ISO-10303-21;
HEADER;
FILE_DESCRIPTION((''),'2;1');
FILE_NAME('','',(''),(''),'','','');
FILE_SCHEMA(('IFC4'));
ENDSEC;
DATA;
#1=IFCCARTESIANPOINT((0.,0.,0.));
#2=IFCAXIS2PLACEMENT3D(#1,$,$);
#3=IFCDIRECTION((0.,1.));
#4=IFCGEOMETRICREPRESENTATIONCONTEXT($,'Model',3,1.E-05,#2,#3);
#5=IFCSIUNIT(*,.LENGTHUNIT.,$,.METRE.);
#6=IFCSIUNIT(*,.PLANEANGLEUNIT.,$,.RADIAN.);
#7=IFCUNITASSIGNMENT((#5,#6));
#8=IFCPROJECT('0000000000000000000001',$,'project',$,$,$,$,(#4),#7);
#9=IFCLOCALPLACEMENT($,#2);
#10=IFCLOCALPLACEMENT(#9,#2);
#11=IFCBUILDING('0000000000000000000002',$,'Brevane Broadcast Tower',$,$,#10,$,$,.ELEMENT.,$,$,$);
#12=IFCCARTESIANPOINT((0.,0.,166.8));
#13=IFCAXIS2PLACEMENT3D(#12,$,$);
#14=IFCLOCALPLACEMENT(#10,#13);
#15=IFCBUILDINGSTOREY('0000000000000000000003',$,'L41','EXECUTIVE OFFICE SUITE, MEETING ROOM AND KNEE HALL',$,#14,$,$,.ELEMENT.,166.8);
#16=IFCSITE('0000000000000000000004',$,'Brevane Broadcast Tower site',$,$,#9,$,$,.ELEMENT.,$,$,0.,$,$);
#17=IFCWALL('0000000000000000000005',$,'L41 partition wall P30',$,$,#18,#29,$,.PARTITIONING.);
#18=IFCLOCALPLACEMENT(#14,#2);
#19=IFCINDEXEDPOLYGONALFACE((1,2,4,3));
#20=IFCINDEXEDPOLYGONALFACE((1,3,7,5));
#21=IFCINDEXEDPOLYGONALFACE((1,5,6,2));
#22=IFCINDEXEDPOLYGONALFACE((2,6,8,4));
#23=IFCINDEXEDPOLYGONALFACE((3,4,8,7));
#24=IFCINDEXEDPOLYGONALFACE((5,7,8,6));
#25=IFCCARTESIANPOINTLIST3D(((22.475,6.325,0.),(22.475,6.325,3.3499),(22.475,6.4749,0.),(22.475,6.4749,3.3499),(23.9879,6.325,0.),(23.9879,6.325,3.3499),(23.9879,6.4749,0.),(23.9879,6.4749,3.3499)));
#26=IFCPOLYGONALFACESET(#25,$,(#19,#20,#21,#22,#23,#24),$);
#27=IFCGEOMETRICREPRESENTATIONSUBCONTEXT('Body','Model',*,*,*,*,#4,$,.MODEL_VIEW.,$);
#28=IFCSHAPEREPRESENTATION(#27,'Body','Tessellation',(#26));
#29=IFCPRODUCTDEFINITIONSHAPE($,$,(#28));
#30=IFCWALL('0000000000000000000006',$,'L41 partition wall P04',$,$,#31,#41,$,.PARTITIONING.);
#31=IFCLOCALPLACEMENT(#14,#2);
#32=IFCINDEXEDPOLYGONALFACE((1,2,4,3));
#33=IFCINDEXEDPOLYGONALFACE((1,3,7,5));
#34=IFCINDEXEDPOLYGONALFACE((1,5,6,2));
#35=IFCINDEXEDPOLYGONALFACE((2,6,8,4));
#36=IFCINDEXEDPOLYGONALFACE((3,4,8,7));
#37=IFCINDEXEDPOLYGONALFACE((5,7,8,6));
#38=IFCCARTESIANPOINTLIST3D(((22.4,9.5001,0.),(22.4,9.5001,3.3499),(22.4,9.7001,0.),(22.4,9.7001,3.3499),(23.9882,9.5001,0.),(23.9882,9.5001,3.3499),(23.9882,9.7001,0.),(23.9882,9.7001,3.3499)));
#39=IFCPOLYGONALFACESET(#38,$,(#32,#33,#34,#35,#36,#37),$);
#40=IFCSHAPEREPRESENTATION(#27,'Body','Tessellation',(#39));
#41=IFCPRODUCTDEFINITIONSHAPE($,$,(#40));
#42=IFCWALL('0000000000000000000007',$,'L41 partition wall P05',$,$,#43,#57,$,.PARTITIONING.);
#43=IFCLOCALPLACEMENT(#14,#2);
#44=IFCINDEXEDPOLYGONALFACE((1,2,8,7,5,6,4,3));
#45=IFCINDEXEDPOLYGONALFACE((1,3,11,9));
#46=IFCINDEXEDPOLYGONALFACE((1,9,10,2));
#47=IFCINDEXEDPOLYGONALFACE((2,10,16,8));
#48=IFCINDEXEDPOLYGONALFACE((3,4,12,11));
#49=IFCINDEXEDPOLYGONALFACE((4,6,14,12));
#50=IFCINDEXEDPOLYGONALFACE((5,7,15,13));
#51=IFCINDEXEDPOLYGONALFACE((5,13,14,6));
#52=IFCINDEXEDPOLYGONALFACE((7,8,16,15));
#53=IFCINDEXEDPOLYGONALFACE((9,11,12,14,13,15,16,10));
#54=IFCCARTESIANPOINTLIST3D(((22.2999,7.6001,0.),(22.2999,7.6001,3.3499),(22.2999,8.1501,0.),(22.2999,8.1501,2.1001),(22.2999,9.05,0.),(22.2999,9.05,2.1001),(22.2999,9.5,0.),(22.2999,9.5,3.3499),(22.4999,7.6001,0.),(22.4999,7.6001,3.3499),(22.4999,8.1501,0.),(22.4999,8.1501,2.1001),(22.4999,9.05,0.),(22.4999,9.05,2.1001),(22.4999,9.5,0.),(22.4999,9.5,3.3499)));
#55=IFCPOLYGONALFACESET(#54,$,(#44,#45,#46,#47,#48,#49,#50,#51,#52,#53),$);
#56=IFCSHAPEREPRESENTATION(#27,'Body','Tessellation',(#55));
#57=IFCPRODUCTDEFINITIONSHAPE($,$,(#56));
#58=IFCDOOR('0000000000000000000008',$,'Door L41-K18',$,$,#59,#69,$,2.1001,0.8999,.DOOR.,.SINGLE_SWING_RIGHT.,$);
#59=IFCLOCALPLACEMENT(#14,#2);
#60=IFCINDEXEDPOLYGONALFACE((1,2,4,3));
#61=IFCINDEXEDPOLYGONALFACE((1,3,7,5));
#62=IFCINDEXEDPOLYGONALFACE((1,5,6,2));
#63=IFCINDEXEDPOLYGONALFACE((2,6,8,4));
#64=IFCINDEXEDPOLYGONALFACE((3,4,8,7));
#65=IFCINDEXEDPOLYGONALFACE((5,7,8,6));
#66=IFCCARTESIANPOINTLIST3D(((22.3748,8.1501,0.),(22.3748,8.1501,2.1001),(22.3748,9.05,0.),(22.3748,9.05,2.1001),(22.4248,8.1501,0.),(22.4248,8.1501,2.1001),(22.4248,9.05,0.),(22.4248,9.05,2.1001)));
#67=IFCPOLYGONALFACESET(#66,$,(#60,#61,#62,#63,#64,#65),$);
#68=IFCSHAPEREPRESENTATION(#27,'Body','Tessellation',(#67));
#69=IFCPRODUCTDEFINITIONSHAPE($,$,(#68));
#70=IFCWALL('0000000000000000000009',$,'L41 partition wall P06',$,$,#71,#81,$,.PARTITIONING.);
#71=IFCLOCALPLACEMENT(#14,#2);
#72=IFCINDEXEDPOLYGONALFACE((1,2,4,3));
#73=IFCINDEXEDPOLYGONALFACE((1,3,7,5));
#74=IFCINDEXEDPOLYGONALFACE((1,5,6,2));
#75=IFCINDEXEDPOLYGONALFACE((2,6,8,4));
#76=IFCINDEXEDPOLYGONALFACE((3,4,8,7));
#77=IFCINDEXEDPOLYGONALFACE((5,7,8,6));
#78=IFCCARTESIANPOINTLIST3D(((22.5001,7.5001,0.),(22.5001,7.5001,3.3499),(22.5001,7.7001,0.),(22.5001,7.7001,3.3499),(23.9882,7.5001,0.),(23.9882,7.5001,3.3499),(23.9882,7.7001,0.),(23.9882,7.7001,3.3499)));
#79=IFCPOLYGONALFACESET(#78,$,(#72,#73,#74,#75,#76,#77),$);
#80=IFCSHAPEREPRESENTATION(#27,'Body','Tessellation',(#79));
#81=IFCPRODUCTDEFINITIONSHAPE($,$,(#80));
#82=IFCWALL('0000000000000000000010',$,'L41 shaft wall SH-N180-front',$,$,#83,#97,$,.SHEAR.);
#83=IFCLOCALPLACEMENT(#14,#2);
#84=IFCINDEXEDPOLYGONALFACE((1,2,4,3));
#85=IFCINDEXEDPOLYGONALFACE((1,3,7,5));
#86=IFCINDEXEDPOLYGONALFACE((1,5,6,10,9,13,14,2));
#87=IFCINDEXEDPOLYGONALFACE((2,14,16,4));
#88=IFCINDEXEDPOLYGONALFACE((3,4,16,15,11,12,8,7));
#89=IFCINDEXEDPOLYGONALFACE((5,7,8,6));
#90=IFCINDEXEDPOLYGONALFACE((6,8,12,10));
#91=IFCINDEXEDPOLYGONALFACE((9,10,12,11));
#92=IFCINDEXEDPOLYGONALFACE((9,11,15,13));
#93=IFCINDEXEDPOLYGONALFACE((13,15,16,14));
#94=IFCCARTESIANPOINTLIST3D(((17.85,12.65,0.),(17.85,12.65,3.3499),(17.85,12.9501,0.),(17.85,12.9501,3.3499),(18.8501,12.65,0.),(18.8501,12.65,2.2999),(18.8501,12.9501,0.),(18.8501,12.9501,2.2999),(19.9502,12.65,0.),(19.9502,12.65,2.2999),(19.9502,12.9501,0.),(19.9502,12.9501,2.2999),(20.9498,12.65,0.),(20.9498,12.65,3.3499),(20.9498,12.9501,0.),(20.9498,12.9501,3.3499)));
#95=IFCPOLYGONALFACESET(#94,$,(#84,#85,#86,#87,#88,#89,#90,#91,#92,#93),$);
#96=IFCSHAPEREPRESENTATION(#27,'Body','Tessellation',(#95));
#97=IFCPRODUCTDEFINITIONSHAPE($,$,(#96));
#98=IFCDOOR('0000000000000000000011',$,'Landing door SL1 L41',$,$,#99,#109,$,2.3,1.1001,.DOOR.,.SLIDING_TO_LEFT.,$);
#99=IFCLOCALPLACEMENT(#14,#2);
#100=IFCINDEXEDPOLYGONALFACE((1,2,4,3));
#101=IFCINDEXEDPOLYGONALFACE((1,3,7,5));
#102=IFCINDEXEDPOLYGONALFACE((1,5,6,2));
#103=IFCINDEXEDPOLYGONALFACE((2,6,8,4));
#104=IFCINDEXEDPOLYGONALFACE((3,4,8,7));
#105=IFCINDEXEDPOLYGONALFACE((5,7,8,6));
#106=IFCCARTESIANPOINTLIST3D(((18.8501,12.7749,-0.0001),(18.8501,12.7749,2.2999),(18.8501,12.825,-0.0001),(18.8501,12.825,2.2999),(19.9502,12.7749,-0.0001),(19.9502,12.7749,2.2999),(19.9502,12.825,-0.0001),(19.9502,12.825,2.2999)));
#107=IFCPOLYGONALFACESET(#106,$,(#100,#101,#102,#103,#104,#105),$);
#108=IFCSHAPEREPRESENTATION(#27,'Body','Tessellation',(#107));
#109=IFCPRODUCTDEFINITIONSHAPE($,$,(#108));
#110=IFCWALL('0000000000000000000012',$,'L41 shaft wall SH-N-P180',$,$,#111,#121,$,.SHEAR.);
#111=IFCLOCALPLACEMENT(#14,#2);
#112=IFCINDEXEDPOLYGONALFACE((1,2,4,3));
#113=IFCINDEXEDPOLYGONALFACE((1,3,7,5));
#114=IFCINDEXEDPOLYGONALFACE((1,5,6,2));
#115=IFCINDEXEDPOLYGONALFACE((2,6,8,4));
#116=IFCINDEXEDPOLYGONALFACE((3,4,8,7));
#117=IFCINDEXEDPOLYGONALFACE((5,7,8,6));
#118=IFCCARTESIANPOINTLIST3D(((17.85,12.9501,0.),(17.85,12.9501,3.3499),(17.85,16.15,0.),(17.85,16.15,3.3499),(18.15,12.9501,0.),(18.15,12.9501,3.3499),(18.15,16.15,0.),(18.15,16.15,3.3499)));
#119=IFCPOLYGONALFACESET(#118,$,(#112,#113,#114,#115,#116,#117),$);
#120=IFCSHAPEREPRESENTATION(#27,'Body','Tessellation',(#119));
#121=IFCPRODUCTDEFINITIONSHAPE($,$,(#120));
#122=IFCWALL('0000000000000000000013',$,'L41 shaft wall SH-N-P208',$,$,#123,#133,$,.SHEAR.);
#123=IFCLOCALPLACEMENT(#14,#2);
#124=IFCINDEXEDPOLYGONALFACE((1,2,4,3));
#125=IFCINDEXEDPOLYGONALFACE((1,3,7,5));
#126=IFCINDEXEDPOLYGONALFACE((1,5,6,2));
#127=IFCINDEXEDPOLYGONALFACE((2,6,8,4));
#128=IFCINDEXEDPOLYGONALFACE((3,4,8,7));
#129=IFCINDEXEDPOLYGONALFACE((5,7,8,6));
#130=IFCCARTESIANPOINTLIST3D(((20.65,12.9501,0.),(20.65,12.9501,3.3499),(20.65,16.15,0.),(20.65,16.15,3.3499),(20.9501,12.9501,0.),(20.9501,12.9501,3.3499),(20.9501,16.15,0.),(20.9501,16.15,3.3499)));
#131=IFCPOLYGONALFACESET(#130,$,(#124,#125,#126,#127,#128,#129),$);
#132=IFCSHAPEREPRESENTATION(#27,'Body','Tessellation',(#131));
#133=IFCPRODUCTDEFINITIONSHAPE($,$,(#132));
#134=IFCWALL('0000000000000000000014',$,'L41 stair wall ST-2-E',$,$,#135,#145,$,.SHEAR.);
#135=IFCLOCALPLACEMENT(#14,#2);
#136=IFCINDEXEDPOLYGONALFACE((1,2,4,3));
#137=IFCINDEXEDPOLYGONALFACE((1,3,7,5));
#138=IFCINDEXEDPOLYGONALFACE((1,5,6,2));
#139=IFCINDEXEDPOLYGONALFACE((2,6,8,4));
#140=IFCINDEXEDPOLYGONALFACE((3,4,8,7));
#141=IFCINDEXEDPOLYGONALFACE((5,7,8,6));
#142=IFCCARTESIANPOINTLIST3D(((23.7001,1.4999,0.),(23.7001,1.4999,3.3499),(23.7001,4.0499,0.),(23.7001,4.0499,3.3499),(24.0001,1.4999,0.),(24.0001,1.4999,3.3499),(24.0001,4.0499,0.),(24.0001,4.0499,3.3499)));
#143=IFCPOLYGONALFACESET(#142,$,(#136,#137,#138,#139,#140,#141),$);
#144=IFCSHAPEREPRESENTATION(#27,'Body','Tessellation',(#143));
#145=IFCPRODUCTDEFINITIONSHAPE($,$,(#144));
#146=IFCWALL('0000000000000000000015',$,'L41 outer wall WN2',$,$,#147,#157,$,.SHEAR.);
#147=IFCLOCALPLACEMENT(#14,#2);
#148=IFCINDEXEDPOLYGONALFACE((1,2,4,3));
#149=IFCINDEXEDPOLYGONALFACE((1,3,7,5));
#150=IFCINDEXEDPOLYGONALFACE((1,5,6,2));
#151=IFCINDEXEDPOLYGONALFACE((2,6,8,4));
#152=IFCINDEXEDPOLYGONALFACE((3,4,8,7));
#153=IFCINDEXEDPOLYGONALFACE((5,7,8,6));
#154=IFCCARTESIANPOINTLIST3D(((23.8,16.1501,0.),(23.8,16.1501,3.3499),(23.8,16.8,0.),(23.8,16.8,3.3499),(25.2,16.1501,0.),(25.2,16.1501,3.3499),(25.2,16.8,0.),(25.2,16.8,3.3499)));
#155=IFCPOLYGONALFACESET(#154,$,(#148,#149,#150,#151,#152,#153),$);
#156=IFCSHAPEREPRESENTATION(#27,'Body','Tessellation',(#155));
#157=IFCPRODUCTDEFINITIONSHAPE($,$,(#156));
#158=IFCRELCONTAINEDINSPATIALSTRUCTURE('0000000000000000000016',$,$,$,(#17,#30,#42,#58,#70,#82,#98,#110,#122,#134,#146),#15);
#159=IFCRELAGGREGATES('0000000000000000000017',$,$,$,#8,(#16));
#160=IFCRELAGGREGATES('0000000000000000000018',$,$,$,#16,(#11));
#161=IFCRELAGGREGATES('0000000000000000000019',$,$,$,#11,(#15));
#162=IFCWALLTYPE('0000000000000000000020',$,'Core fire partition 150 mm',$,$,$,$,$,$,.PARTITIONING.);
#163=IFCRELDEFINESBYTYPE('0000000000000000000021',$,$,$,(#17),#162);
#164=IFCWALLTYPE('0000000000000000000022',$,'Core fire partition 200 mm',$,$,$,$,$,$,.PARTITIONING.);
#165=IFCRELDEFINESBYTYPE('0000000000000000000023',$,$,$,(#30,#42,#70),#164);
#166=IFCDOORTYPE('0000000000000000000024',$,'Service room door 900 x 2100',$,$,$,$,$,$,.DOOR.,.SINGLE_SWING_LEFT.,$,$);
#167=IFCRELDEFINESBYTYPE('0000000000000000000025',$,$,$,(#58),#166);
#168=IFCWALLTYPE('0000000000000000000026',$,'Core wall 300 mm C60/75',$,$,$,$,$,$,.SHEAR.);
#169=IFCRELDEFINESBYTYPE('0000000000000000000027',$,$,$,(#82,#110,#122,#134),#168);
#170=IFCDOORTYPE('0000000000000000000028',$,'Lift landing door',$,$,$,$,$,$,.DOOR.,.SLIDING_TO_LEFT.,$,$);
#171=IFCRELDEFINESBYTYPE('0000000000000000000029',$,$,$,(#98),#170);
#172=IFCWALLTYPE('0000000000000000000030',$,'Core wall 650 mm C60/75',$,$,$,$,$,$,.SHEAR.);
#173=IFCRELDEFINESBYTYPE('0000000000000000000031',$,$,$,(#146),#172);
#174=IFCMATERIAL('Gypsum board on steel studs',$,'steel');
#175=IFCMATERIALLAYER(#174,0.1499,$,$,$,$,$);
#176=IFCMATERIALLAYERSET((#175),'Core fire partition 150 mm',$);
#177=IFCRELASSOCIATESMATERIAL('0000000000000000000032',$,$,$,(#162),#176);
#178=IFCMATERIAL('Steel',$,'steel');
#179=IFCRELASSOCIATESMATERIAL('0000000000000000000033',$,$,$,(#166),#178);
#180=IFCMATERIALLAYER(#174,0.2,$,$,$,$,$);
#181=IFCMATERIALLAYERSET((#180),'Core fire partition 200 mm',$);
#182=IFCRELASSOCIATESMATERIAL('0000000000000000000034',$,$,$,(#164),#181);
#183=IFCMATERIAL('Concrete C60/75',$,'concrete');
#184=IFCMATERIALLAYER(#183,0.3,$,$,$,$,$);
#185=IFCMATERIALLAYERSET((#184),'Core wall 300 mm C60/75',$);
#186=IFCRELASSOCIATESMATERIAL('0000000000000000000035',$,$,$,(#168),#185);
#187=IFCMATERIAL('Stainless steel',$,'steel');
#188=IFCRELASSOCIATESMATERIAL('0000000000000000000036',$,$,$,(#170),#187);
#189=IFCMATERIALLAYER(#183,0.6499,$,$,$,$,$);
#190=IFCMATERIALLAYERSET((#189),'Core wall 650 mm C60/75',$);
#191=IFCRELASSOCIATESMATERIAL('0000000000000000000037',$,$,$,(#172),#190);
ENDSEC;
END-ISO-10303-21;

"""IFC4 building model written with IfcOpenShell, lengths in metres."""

from ifc_helpers import new_model, si_unit, direction, frame, frame_2d, origin, place, context, subcontext, project, spatial, rectangle, extrude, material, layer, layer_set, type_object, element, fill, save


model = new_model("IFC4")

# Units and contexts
model_context = context("Model", 3, precision=1e-05, world=origin(), true_north=direction((0.0, 1.0)))
body_context = subcontext(model_context, "Body", "Model", "MODEL_VIEW")
ifc_project = project(units=[si_unit("LENGTHUNIT", "METRE"), si_unit("PLANEANGLEUNIT", "RADIAN")], contexts=[model_context])

# Site, building, storey
site_placement = place(None, origin())
site = spatial("IfcSite", under=ifc_project, at=site_placement, Name="Brevane Broadcast Tower site", CompositionType="ELEMENT", RefElevation=0.0)
building_placement = place(site_placement, origin())
building = spatial("IfcBuilding", under=site, at=building_placement, Name="Brevane Broadcast Tower", CompositionType="ELEMENT")
storey_placement = place(building_placement, frame((0.0, 0.0, 166.8)))
storey = spatial("IfcBuildingStorey", under=building, at=storey_placement, Name="L41", Description="EXECUTIVE OFFICE SUITE, MEETING ROOM AND KNEE HALL", CompositionType="ELEMENT", Elevation=166.8)

# Shared definitions
ifc_material_1 = material(Name="Gypsum board on steel studs", Category="steel")
ifc_layer_1 = layer(ifc_material_1, 0.1499)
ifc_layer_set_1 = layer_set([ifc_layer_1], Name="Core fire partition 150 mm")
wall_type_1 = type_object("IfcWallType", Name="Core fire partition 150 mm", PredefinedType="PARTITIONING", material=ifc_layer_set_1)

# Shared definitions
ifc_material_2 = material(Name="Steel", Category="steel")
door_type_1 = type_object("IfcDoorType", Name="Service room door 900 x 2100", OperationType="SINGLE_SWING_LEFT", PredefinedType="DOOR", material=ifc_material_2)

# Walls
wall_1_placement = place(storey_placement, frame((22.4751, 6.3999, 0.0), z_axis=(0.0, 0.0, 1.0), x_axis=(1.0, 0.0, 0.0)))
element("IfcWall", 1, at=wall_1_placement, inside=storey, type_object=wall_type_1, Name="L41 partition wall P30", PredefinedType="PARTITIONING", context=body_context, shape_type="SweptSolid", body=[
    extrude(rectangle(XDim=1.5129, YDim=0.1499, at=frame_2d((0.7563, 0.0))), origin(), (0.0, 0.0, 1.0), 3.3499),
])
ifc_layer_2 = layer(ifc_material_1, 0.2)
ifc_layer_set_2 = layer_set([ifc_layer_2], Name="Core fire partition 200 mm")
wall_type_2 = type_object("IfcWallType", Name="Core fire partition 200 mm", PredefinedType="PARTITIONING", material=ifc_layer_set_2)
wall_2_placement = place(storey_placement, frame((23.988, 9.6001, 0.0), z_axis=(0.0, 0.0, 1.0), x_axis=(-1.0, 0.0, 0.0)))
element("IfcWall", 2, at=wall_2_placement, inside=storey, type_object=wall_type_2, Name="L41 partition wall P04", PredefinedType="PARTITIONING", context=body_context, shape_type="SweptSolid", body=[
    extrude(rectangle(XDim=1.5881, YDim=0.2, at=frame_2d((0.7939, 0.0))), origin(), (0.0, 0.0, 1.0), 3.3499),
])

# Wall, opening, door
wall_3_placement = place(storey_placement, frame((22.3999, 9.5, 0.0), z_axis=(0.0, 0.0, 1.0), x_axis=(0.0, -1.0, 0.0)))
wall_3 = element("IfcWall", 3, at=wall_3_placement, inside=storey, type_object=wall_type_2, Name="L41 partition wall P05", PredefinedType="PARTITIONING", context=body_context, shape_type="SweptSolid", body=[
    extrude(rectangle(XDim=1.8999, YDim=0.2, at=frame_2d((0.95, 0.0))), origin(), (0.0, 0.0, 1.0), 3.3499),
])
opening_1_placement = place(wall_3_placement, frame((0.45, 0.0, 0.0)))
opening_1 = element("IfcOpeningElement", 4, at=opening_1_placement, cuts=wall_3, PredefinedType="OPENING", context=body_context, shape_type="SweptSolid", body=[
    extrude(rectangle(XDim=0.8999, YDim=2.1001, at=frame_2d((0.45, 1.05))), frame((0.0, 0.1099, 0.0), z_axis=(0.0, -1.0, 0.0), x_axis=(1.0, 0.0, 0.0)), (0.0, 0.0, 1.0), 0.22),
])
door_1_placement = place(opening_1_placement, origin())
door_1 = element("IfcDoor", 5, at=door_1_placement, inside=storey, type_object=door_type_1, Name="Door L41-K18", OperationType="SINGLE_SWING_RIGHT", OverallHeight=2.1001, OverallWidth=0.8999, PredefinedType="DOOR", context=body_context, shape_type="SweptSolid", body=[
    extrude(rectangle(XDim=0.8999, YDim=2.1001, at=frame_2d((0.45, 1.05))), frame((0.0, 0.0249, 0.0), z_axis=(0.0, -1.0, 0.0), x_axis=(1.0, 0.0, 0.0)), (0.0, 0.0, 1.0), 0.05),
])
fill(opening_1, door_1)

# Wall
wall_4_placement = place(storey_placement, frame((22.5, 7.6001, 0.0), z_axis=(0.0, 0.0, 1.0), x_axis=(1.0, 0.0, 0.0)))
element("IfcWall", 6, at=wall_4_placement, inside=storey, type_object=wall_type_2, Name="L41 partition wall P06", PredefinedType="PARTITIONING", context=body_context, shape_type="SweptSolid", body=[
    extrude(rectangle(XDim=1.488, YDim=0.2, at=frame_2d((0.7441, 0.0))), origin(), (0.0, 0.0, 1.0), 3.3499),
])

# Wall, opening, door
ifc_material_3 = material(Name="Concrete C60/75", Category="concrete")
ifc_layer_3 = layer(ifc_material_3, 0.3)
ifc_layer_set_3 = layer_set([ifc_layer_3], Name="Core wall 300 mm C60/75")
wall_type_3 = type_object("IfcWallType", Name="Core wall 300 mm C60/75", PredefinedType="SHEAR", material=ifc_layer_set_3)
wall_5_placement = place(storey_placement, frame((17.8501, 12.8, 0.0), z_axis=(0.0, 0.0, 1.0), x_axis=(1.0, 0.0, 0.0)))
wall_5 = element("IfcWall", 7, at=wall_5_placement, inside=storey, type_object=wall_type_3, Name="L41 shaft wall SH-N180-front", PredefinedType="SHEAR", context=body_context, shape_type="SweptSolid", body=[
    extrude(rectangle(XDim=3.0999, YDim=0.3, at=frame_2d((1.5498, 0.0))), origin(), (0.0, 0.0, 1.0), 3.3499),
])
opening_2_placement = place(wall_5_placement, frame((1.0, 0.0, 0.0)))
opening_2 = element("IfcOpeningElement", 8, at=opening_2_placement, cuts=wall_5, PredefinedType="OPENING", context=body_context, shape_type="SweptSolid", body=[
    extrude(rectangle(XDim=1.1001, YDim=2.3, at=frame_2d((0.55, 1.1499))), frame((0.0, 0.1599, 0.0), z_axis=(0.0, -1.0, 0.0), x_axis=(1.0, 0.0, 0.0)), (0.0, 0.0, 1.0), 0.3201),
])
ifc_material_4 = material(Name="Stainless steel", Category="steel")
door_type_2 = type_object("IfcDoorType", Name="Lift landing door", OperationType="SLIDING_TO_LEFT", PredefinedType="DOOR", material=ifc_material_4)
door_2_placement = place(opening_2_placement, origin())
door_2 = element("IfcDoor", 9, at=door_2_placement, inside=storey, type_object=door_type_2, Name="Landing door SL1 L41", OperationType="SLIDING_TO_LEFT", OverallHeight=2.3, OverallWidth=1.1001, PredefinedType="DOOR", context=body_context, shape_type="SweptSolid", body=[
    extrude(rectangle(XDim=1.1001, YDim=2.3, at=frame_2d((0.55, 1.1499))), frame((0.0, 0.0249, 0.0), z_axis=(0.0, -1.0, 0.0), x_axis=(1.0, 0.0, 0.0)), (0.0, 0.0, 1.0), 0.05),
])
fill(opening_2, door_2)

# Walls
for number, where, z_axis, x_axis, name in (
    (10, (18.0, 12.95, 0.0), (0.0, 0.0, 1.0), (0.0, 1.0, 0.0), "L41 shaft wall SH-N-P180"),
    (11, (20.8, 12.95, 0.0), (0.0, 0.0, 1.0), (0.0, 1.0, 0.0), "L41 shaft wall SH-N-P208"),
):
    element("IfcWall", number, at=place(storey_placement, frame(where, z_axis=z_axis, x_axis=x_axis)), inside=storey, type_object=wall_type_3, Name=name, PredefinedType="SHEAR", context=body_context, shape_type="SweptSolid", body=[
        extrude(rectangle(XDim=3.2, YDim=0.3, at=frame_2d((1.6001, 0.0))), origin(), (0.0, 0.0, 1.0), 3.3499),
    ])
wall_6_placement = place(storey_placement, frame((23.8501, 1.5, 0.0), z_axis=(0.0, 0.0, 1.0), x_axis=(0.0, 1.0, 0.0)))
element("IfcWall", 12, at=wall_6_placement, inside=storey, type_object=wall_type_3, Name="L41 stair wall ST-2-E", PredefinedType="SHEAR", context=body_context, shape_type="SweptSolid", body=[
    extrude(rectangle(XDim=2.55, YDim=0.3, at=frame_2d((1.2749, 0.0))), origin(), (0.0, 0.0, 1.0), 3.3499),
])
ifc_layer_4 = layer(ifc_material_3, 0.6499)
ifc_layer_set_4 = layer_set([ifc_layer_4], Name="Core wall 650 mm C60/75")
wall_type_4 = type_object("IfcWallType", Name="Core wall 650 mm C60/75", PredefinedType="SHEAR", material=ifc_layer_set_4)
wall_7_placement = place(storey_placement, frame((23.8, 16.4751, 0.0), z_axis=(0.0, 0.0, 1.0), x_axis=(1.0, 0.0, 0.0)))
element("IfcWall", 13, at=wall_7_placement, inside=storey, type_object=wall_type_4, Name="L41 outer wall WN2", PredefinedType="SHEAR", context=body_context, shape_type="SweptSolid", body=[
    extrude(rectangle(XDim=1.3999, YDim=0.6499, at=frame_2d((0.7, 0.0))), origin(), (0.0, 0.0, 1.0), 3.3499),
])

save(model, "model.ifc")
